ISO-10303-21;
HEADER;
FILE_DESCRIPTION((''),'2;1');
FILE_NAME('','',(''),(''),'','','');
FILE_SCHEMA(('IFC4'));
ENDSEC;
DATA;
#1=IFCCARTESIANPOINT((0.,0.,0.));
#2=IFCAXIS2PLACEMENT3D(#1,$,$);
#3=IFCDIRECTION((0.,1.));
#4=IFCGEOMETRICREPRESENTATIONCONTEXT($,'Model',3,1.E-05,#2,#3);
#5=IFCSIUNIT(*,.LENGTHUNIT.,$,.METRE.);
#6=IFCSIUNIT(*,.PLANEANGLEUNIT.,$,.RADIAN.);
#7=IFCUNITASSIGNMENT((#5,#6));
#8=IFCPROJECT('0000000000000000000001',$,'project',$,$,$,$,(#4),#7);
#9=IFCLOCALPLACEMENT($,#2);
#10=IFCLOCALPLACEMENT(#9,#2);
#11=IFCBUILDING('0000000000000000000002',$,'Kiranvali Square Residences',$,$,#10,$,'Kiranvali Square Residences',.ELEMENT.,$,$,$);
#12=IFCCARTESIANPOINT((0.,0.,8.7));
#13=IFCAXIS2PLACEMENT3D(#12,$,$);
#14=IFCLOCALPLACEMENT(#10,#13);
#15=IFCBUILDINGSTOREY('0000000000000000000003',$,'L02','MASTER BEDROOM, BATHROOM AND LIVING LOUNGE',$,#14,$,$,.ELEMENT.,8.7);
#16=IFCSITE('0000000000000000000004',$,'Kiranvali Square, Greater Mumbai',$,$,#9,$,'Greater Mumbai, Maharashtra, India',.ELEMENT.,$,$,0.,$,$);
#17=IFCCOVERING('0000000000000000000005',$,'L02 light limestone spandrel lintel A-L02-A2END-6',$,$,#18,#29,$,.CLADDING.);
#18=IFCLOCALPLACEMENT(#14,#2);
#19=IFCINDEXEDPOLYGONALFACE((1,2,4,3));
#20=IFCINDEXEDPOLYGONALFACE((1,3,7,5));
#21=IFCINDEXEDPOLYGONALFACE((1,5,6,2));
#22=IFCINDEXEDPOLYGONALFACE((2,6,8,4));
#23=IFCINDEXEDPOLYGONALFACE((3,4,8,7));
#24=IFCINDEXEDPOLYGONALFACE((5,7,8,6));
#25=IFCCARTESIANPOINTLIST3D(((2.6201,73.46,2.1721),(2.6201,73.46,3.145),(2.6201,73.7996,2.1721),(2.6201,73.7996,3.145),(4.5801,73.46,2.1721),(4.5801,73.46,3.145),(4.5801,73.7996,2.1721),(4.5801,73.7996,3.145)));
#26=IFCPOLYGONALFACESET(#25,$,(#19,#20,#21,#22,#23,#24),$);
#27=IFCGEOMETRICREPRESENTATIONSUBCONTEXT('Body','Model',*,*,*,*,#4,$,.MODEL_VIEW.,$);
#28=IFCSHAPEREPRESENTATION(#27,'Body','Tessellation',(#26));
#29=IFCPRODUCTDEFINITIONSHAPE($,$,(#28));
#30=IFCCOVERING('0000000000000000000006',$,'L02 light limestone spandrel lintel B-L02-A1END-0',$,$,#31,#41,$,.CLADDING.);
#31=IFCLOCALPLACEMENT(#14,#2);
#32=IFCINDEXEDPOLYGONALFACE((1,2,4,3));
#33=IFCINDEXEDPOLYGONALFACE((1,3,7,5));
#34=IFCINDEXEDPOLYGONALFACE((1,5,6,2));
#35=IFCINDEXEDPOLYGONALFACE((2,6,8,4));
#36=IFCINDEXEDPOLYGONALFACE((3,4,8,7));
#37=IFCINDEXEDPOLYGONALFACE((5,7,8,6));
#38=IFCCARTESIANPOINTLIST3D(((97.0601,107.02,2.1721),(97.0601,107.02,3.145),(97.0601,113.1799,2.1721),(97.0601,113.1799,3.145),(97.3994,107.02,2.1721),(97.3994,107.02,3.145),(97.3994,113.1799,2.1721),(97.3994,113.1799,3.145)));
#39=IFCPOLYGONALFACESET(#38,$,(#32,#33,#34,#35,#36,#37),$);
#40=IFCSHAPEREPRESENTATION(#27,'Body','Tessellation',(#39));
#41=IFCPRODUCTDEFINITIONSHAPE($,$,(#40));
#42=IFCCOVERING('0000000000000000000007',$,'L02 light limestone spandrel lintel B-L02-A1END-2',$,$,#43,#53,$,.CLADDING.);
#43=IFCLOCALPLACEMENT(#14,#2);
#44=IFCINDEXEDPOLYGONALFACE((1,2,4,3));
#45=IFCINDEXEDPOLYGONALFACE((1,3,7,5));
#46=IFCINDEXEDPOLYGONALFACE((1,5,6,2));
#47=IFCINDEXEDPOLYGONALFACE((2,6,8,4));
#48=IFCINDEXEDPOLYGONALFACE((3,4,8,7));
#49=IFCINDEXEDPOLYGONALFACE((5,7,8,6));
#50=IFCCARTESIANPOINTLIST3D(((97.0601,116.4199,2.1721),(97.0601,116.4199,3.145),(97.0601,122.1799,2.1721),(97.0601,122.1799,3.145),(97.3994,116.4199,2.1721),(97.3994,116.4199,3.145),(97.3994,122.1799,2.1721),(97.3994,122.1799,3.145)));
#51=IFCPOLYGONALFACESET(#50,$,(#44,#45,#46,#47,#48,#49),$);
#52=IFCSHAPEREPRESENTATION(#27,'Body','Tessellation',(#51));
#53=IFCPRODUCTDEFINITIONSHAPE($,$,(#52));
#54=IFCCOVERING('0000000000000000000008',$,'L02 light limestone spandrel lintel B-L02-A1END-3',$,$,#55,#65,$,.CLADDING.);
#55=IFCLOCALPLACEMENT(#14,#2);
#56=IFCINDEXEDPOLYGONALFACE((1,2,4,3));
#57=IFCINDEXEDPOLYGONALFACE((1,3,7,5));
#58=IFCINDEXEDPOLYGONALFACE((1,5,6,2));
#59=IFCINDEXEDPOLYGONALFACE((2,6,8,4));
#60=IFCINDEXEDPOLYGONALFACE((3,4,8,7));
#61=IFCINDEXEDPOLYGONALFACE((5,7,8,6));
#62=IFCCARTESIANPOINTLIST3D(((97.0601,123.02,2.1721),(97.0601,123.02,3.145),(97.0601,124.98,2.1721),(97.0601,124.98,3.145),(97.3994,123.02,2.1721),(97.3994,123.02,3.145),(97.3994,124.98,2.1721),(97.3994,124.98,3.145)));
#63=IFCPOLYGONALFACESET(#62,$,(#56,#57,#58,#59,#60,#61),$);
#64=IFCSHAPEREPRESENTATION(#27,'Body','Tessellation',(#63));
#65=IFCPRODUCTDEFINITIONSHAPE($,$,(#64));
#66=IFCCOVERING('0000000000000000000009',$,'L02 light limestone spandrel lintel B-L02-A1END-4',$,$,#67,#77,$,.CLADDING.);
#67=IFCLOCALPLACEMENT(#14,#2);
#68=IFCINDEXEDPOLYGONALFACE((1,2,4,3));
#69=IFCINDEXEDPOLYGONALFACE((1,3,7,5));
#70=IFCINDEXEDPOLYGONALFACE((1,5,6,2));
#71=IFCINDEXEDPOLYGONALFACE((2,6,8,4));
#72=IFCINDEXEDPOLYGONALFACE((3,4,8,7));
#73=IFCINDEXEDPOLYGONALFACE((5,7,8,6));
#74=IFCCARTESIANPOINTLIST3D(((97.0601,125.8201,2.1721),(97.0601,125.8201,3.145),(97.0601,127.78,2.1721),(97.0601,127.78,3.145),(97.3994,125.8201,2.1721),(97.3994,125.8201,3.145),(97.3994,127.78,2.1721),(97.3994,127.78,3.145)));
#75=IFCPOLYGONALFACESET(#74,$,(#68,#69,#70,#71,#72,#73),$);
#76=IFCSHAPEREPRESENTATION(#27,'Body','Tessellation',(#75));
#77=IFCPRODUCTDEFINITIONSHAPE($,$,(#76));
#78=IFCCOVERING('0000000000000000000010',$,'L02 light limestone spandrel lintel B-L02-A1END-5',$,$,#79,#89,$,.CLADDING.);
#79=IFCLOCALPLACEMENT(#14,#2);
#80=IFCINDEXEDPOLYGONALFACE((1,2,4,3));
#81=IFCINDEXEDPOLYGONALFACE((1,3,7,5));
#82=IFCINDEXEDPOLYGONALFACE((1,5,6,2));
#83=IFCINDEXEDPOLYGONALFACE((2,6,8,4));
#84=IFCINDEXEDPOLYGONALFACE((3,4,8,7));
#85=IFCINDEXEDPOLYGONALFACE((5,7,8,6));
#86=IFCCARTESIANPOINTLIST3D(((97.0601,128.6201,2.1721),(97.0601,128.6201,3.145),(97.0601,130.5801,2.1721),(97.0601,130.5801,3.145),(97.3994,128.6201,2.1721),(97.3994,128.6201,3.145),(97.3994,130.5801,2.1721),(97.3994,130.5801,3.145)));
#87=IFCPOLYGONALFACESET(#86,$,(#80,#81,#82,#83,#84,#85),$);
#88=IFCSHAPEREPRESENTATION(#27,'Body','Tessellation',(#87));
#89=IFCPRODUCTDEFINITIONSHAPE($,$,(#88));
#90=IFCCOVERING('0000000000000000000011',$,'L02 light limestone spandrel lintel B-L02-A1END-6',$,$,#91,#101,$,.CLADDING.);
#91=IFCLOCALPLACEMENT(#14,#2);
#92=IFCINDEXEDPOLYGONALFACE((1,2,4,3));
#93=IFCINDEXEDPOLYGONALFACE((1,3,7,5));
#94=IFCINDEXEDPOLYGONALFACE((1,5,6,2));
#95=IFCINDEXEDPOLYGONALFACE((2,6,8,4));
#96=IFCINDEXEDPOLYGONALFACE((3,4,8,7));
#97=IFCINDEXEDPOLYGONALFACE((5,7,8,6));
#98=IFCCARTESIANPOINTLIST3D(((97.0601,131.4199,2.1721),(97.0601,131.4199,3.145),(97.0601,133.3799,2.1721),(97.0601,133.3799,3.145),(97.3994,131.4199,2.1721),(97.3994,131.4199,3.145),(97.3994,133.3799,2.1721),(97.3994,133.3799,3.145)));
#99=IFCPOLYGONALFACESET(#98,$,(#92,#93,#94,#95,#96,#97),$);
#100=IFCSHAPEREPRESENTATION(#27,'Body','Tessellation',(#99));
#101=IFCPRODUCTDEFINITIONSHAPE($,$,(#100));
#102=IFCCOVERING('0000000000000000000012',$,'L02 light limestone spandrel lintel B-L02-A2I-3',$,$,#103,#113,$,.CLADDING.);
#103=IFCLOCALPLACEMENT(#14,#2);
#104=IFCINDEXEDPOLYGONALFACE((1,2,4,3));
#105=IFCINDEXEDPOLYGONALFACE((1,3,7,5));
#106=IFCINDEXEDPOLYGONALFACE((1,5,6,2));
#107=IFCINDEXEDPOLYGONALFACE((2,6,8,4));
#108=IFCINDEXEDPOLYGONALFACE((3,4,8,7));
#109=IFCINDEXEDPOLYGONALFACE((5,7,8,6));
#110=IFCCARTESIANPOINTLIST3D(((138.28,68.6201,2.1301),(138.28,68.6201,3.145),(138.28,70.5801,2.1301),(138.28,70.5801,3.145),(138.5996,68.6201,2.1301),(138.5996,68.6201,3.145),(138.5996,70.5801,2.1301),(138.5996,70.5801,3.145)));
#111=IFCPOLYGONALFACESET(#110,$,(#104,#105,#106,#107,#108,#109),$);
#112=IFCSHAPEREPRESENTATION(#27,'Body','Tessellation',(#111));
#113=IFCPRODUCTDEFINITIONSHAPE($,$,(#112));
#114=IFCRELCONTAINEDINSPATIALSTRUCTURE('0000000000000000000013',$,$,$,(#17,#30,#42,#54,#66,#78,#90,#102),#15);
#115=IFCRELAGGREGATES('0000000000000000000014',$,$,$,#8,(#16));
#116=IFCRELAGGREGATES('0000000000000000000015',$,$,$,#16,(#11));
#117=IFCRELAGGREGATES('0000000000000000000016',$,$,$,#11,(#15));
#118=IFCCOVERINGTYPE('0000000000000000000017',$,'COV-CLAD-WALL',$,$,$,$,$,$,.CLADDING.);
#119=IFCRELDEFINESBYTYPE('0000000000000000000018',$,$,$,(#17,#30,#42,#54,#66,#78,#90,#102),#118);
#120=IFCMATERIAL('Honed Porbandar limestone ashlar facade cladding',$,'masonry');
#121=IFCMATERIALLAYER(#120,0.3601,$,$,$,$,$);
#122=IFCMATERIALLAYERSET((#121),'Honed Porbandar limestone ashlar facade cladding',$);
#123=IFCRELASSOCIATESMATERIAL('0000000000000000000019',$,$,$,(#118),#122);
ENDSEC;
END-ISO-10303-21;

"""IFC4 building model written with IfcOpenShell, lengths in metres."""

from ifc_helpers import new_model, si_unit, direction, frame, origin, place, context, subcontext, project, spatial, polyline, outline, extrude, material, layer, layer_set, type_object, element, save


model = new_model("IFC4")

# Units and contexts
model_context = context("Model", 3, precision=1e-05, world=origin(), true_north=direction((0.0, 1.0)))
body_context = subcontext(model_context, "Body", "Model", "MODEL_VIEW")
ifc_project = project(units=[si_unit("LENGTHUNIT", "METRE"), si_unit("PLANEANGLEUNIT", "RADIAN")], contexts=[model_context])

# Site, building, storey
site_placement = place(None, origin())
site = spatial("IfcSite", under=ifc_project, at=site_placement, Name="Kiranvali Square, Greater Mumbai", LongName="Greater Mumbai, Maharashtra, India", CompositionType="ELEMENT", RefElevation=0.0)
building_placement = place(site_placement, origin())
building = spatial("IfcBuilding", under=site, at=building_placement, Name="Kiranvali Square Residences", LongName="Kiranvali Square Residences", CompositionType="ELEMENT")
storey_placement = place(building_placement, frame((0.0, 0.0, 8.7)))
storey = spatial("IfcBuildingStorey", under=building, at=storey_placement, Name="L02", Description="MASTER BEDROOM, BATHROOM AND LIVING LOUNGE", CompositionType="ELEMENT", Elevation=8.7)

# Coverings
ifc_material = material(Name="Honed Porbandar limestone ashlar facade cladding", Category="masonry")
ifc_layer = layer(ifc_material, 0.3601)
ifc_layer_set = layer_set([ifc_layer], Name="Honed Porbandar limestone ashlar facade cladding")
covering_type = type_object("IfcCoveringType", Name="COV-CLAD-WALL", PredefinedType="CLADDING", material=ifc_layer_set)
covering_1_placement = place(storey_placement, frame((0.0, 0.0, 2.1721)))
element("IfcCovering", 1, at=covering_1_placement, inside=storey, type_object=covering_type, Name="L02 light limestone spandrel lintel A-L02-A2END-6", PredefinedType="CLADDING", context=body_context, shape_type="SweptSolid", body=[
    extrude(outline(polyline([(4.5801, 73.7996), (2.6201, 73.7996), (2.6201, 73.46), (4.5801, 73.46), (4.5801, 73.7996)])), origin(), (0.0, 0.0, 1.0), 0.9729),
])
covering_2_placement = place(storey_placement, frame((0.0, 0.0, 2.1721)))
element("IfcCovering", 2, at=covering_2_placement, inside=storey, type_object=covering_type, Name="L02 light limestone spandrel lintel B-L02-A1END-0", PredefinedType="CLADDING", context=body_context, shape_type="SweptSolid", body=[
    extrude(outline(polyline([(97.3994, 107.02), (97.3994, 113.1799), (97.0601, 113.1799), (97.0601, 107.02), (97.3994, 107.02)])), origin(), (0.0, 0.0, 1.0), 0.9729),
])
covering_3_placement = place(storey_placement, frame((0.0, 0.0, 2.1721)))
element("IfcCovering", 3, at=covering_3_placement, inside=storey, type_object=covering_type, Name="L02 light limestone spandrel lintel B-L02-A1END-2", PredefinedType="CLADDING", context=body_context, shape_type="SweptSolid", body=[
    extrude(outline(polyline([(97.3994, 116.4199), (97.3994, 122.1799), (97.0601, 122.1799), (97.0601, 116.4199), (97.3994, 116.4199)])), origin(), (0.0, 0.0, 1.0), 0.9729),
])
covering_4_placement = place(storey_placement, frame((0.0, 0.0, 2.1721)))
element("IfcCovering", 4, at=covering_4_placement, inside=storey, type_object=covering_type, Name="L02 light limestone spandrel lintel B-L02-A1END-3", PredefinedType="CLADDING", context=body_context, shape_type="SweptSolid", body=[
    extrude(outline(polyline([(97.3994, 123.02), (97.3994, 124.98), (97.0601, 124.98), (97.0601, 123.02), (97.3994, 123.02)])), origin(), (0.0, 0.0, 1.0), 0.9729),
])
covering_5_placement = place(storey_placement, frame((0.0, 0.0, 2.1721)))
element("IfcCovering", 5, at=covering_5_placement, inside=storey, type_object=covering_type, Name="L02 light limestone spandrel lintel B-L02-A1END-4", PredefinedType="CLADDING", context=body_context, shape_type="SweptSolid", body=[
    extrude(outline(polyline([(97.3994, 125.8201), (97.3994, 127.78), (97.0601, 127.78), (97.0601, 125.8201), (97.3994, 125.8201)])), origin(), (0.0, 0.0, 1.0), 0.9729),
])
covering_6_placement = place(storey_placement, frame((0.0, 0.0, 2.1721)))
element("IfcCovering", 6, at=covering_6_placement, inside=storey, type_object=covering_type, Name="L02 light limestone spandrel lintel B-L02-A1END-5", PredefinedType="CLADDING", context=body_context, shape_type="SweptSolid", body=[
    extrude(outline(polyline([(97.3994, 128.6201), (97.3994, 130.5801), (97.0601, 130.5801), (97.0601, 128.6201), (97.3994, 128.6201)])), origin(), (0.0, 0.0, 1.0), 0.9729),
])
covering_7_placement = place(storey_placement, frame((0.0, 0.0, 2.1721)))
element("IfcCovering", 7, at=covering_7_placement, inside=storey, type_object=covering_type, Name="L02 light limestone spandrel lintel B-L02-A1END-6", PredefinedType="CLADDING", context=body_context, shape_type="SweptSolid", body=[
    extrude(outline(polyline([(97.3994, 131.4199), (97.3994, 133.3799), (97.0601, 133.3799), (97.0601, 131.4199), (97.3994, 131.4199)])), origin(), (0.0, 0.0, 1.0), 0.9729),
])
covering_8_placement = place(storey_placement, frame((0.0, 0.0, 2.1301)))
element("IfcCovering", 8, at=covering_8_placement, inside=storey, type_object=covering_type, Name="L02 light limestone spandrel lintel B-L02-A2I-3", PredefinedType="CLADDING", context=body_context, shape_type="SweptSolid", body=[
    extrude(outline(polyline([(138.28, 70.5801), (138.28, 68.6201), (138.5996, 68.6201), (138.5996, 70.5801), (138.28, 70.5801)])), origin(), (0.0, 0.0, 1.0), 1.0149),
])

save(model, "model.ifc")
